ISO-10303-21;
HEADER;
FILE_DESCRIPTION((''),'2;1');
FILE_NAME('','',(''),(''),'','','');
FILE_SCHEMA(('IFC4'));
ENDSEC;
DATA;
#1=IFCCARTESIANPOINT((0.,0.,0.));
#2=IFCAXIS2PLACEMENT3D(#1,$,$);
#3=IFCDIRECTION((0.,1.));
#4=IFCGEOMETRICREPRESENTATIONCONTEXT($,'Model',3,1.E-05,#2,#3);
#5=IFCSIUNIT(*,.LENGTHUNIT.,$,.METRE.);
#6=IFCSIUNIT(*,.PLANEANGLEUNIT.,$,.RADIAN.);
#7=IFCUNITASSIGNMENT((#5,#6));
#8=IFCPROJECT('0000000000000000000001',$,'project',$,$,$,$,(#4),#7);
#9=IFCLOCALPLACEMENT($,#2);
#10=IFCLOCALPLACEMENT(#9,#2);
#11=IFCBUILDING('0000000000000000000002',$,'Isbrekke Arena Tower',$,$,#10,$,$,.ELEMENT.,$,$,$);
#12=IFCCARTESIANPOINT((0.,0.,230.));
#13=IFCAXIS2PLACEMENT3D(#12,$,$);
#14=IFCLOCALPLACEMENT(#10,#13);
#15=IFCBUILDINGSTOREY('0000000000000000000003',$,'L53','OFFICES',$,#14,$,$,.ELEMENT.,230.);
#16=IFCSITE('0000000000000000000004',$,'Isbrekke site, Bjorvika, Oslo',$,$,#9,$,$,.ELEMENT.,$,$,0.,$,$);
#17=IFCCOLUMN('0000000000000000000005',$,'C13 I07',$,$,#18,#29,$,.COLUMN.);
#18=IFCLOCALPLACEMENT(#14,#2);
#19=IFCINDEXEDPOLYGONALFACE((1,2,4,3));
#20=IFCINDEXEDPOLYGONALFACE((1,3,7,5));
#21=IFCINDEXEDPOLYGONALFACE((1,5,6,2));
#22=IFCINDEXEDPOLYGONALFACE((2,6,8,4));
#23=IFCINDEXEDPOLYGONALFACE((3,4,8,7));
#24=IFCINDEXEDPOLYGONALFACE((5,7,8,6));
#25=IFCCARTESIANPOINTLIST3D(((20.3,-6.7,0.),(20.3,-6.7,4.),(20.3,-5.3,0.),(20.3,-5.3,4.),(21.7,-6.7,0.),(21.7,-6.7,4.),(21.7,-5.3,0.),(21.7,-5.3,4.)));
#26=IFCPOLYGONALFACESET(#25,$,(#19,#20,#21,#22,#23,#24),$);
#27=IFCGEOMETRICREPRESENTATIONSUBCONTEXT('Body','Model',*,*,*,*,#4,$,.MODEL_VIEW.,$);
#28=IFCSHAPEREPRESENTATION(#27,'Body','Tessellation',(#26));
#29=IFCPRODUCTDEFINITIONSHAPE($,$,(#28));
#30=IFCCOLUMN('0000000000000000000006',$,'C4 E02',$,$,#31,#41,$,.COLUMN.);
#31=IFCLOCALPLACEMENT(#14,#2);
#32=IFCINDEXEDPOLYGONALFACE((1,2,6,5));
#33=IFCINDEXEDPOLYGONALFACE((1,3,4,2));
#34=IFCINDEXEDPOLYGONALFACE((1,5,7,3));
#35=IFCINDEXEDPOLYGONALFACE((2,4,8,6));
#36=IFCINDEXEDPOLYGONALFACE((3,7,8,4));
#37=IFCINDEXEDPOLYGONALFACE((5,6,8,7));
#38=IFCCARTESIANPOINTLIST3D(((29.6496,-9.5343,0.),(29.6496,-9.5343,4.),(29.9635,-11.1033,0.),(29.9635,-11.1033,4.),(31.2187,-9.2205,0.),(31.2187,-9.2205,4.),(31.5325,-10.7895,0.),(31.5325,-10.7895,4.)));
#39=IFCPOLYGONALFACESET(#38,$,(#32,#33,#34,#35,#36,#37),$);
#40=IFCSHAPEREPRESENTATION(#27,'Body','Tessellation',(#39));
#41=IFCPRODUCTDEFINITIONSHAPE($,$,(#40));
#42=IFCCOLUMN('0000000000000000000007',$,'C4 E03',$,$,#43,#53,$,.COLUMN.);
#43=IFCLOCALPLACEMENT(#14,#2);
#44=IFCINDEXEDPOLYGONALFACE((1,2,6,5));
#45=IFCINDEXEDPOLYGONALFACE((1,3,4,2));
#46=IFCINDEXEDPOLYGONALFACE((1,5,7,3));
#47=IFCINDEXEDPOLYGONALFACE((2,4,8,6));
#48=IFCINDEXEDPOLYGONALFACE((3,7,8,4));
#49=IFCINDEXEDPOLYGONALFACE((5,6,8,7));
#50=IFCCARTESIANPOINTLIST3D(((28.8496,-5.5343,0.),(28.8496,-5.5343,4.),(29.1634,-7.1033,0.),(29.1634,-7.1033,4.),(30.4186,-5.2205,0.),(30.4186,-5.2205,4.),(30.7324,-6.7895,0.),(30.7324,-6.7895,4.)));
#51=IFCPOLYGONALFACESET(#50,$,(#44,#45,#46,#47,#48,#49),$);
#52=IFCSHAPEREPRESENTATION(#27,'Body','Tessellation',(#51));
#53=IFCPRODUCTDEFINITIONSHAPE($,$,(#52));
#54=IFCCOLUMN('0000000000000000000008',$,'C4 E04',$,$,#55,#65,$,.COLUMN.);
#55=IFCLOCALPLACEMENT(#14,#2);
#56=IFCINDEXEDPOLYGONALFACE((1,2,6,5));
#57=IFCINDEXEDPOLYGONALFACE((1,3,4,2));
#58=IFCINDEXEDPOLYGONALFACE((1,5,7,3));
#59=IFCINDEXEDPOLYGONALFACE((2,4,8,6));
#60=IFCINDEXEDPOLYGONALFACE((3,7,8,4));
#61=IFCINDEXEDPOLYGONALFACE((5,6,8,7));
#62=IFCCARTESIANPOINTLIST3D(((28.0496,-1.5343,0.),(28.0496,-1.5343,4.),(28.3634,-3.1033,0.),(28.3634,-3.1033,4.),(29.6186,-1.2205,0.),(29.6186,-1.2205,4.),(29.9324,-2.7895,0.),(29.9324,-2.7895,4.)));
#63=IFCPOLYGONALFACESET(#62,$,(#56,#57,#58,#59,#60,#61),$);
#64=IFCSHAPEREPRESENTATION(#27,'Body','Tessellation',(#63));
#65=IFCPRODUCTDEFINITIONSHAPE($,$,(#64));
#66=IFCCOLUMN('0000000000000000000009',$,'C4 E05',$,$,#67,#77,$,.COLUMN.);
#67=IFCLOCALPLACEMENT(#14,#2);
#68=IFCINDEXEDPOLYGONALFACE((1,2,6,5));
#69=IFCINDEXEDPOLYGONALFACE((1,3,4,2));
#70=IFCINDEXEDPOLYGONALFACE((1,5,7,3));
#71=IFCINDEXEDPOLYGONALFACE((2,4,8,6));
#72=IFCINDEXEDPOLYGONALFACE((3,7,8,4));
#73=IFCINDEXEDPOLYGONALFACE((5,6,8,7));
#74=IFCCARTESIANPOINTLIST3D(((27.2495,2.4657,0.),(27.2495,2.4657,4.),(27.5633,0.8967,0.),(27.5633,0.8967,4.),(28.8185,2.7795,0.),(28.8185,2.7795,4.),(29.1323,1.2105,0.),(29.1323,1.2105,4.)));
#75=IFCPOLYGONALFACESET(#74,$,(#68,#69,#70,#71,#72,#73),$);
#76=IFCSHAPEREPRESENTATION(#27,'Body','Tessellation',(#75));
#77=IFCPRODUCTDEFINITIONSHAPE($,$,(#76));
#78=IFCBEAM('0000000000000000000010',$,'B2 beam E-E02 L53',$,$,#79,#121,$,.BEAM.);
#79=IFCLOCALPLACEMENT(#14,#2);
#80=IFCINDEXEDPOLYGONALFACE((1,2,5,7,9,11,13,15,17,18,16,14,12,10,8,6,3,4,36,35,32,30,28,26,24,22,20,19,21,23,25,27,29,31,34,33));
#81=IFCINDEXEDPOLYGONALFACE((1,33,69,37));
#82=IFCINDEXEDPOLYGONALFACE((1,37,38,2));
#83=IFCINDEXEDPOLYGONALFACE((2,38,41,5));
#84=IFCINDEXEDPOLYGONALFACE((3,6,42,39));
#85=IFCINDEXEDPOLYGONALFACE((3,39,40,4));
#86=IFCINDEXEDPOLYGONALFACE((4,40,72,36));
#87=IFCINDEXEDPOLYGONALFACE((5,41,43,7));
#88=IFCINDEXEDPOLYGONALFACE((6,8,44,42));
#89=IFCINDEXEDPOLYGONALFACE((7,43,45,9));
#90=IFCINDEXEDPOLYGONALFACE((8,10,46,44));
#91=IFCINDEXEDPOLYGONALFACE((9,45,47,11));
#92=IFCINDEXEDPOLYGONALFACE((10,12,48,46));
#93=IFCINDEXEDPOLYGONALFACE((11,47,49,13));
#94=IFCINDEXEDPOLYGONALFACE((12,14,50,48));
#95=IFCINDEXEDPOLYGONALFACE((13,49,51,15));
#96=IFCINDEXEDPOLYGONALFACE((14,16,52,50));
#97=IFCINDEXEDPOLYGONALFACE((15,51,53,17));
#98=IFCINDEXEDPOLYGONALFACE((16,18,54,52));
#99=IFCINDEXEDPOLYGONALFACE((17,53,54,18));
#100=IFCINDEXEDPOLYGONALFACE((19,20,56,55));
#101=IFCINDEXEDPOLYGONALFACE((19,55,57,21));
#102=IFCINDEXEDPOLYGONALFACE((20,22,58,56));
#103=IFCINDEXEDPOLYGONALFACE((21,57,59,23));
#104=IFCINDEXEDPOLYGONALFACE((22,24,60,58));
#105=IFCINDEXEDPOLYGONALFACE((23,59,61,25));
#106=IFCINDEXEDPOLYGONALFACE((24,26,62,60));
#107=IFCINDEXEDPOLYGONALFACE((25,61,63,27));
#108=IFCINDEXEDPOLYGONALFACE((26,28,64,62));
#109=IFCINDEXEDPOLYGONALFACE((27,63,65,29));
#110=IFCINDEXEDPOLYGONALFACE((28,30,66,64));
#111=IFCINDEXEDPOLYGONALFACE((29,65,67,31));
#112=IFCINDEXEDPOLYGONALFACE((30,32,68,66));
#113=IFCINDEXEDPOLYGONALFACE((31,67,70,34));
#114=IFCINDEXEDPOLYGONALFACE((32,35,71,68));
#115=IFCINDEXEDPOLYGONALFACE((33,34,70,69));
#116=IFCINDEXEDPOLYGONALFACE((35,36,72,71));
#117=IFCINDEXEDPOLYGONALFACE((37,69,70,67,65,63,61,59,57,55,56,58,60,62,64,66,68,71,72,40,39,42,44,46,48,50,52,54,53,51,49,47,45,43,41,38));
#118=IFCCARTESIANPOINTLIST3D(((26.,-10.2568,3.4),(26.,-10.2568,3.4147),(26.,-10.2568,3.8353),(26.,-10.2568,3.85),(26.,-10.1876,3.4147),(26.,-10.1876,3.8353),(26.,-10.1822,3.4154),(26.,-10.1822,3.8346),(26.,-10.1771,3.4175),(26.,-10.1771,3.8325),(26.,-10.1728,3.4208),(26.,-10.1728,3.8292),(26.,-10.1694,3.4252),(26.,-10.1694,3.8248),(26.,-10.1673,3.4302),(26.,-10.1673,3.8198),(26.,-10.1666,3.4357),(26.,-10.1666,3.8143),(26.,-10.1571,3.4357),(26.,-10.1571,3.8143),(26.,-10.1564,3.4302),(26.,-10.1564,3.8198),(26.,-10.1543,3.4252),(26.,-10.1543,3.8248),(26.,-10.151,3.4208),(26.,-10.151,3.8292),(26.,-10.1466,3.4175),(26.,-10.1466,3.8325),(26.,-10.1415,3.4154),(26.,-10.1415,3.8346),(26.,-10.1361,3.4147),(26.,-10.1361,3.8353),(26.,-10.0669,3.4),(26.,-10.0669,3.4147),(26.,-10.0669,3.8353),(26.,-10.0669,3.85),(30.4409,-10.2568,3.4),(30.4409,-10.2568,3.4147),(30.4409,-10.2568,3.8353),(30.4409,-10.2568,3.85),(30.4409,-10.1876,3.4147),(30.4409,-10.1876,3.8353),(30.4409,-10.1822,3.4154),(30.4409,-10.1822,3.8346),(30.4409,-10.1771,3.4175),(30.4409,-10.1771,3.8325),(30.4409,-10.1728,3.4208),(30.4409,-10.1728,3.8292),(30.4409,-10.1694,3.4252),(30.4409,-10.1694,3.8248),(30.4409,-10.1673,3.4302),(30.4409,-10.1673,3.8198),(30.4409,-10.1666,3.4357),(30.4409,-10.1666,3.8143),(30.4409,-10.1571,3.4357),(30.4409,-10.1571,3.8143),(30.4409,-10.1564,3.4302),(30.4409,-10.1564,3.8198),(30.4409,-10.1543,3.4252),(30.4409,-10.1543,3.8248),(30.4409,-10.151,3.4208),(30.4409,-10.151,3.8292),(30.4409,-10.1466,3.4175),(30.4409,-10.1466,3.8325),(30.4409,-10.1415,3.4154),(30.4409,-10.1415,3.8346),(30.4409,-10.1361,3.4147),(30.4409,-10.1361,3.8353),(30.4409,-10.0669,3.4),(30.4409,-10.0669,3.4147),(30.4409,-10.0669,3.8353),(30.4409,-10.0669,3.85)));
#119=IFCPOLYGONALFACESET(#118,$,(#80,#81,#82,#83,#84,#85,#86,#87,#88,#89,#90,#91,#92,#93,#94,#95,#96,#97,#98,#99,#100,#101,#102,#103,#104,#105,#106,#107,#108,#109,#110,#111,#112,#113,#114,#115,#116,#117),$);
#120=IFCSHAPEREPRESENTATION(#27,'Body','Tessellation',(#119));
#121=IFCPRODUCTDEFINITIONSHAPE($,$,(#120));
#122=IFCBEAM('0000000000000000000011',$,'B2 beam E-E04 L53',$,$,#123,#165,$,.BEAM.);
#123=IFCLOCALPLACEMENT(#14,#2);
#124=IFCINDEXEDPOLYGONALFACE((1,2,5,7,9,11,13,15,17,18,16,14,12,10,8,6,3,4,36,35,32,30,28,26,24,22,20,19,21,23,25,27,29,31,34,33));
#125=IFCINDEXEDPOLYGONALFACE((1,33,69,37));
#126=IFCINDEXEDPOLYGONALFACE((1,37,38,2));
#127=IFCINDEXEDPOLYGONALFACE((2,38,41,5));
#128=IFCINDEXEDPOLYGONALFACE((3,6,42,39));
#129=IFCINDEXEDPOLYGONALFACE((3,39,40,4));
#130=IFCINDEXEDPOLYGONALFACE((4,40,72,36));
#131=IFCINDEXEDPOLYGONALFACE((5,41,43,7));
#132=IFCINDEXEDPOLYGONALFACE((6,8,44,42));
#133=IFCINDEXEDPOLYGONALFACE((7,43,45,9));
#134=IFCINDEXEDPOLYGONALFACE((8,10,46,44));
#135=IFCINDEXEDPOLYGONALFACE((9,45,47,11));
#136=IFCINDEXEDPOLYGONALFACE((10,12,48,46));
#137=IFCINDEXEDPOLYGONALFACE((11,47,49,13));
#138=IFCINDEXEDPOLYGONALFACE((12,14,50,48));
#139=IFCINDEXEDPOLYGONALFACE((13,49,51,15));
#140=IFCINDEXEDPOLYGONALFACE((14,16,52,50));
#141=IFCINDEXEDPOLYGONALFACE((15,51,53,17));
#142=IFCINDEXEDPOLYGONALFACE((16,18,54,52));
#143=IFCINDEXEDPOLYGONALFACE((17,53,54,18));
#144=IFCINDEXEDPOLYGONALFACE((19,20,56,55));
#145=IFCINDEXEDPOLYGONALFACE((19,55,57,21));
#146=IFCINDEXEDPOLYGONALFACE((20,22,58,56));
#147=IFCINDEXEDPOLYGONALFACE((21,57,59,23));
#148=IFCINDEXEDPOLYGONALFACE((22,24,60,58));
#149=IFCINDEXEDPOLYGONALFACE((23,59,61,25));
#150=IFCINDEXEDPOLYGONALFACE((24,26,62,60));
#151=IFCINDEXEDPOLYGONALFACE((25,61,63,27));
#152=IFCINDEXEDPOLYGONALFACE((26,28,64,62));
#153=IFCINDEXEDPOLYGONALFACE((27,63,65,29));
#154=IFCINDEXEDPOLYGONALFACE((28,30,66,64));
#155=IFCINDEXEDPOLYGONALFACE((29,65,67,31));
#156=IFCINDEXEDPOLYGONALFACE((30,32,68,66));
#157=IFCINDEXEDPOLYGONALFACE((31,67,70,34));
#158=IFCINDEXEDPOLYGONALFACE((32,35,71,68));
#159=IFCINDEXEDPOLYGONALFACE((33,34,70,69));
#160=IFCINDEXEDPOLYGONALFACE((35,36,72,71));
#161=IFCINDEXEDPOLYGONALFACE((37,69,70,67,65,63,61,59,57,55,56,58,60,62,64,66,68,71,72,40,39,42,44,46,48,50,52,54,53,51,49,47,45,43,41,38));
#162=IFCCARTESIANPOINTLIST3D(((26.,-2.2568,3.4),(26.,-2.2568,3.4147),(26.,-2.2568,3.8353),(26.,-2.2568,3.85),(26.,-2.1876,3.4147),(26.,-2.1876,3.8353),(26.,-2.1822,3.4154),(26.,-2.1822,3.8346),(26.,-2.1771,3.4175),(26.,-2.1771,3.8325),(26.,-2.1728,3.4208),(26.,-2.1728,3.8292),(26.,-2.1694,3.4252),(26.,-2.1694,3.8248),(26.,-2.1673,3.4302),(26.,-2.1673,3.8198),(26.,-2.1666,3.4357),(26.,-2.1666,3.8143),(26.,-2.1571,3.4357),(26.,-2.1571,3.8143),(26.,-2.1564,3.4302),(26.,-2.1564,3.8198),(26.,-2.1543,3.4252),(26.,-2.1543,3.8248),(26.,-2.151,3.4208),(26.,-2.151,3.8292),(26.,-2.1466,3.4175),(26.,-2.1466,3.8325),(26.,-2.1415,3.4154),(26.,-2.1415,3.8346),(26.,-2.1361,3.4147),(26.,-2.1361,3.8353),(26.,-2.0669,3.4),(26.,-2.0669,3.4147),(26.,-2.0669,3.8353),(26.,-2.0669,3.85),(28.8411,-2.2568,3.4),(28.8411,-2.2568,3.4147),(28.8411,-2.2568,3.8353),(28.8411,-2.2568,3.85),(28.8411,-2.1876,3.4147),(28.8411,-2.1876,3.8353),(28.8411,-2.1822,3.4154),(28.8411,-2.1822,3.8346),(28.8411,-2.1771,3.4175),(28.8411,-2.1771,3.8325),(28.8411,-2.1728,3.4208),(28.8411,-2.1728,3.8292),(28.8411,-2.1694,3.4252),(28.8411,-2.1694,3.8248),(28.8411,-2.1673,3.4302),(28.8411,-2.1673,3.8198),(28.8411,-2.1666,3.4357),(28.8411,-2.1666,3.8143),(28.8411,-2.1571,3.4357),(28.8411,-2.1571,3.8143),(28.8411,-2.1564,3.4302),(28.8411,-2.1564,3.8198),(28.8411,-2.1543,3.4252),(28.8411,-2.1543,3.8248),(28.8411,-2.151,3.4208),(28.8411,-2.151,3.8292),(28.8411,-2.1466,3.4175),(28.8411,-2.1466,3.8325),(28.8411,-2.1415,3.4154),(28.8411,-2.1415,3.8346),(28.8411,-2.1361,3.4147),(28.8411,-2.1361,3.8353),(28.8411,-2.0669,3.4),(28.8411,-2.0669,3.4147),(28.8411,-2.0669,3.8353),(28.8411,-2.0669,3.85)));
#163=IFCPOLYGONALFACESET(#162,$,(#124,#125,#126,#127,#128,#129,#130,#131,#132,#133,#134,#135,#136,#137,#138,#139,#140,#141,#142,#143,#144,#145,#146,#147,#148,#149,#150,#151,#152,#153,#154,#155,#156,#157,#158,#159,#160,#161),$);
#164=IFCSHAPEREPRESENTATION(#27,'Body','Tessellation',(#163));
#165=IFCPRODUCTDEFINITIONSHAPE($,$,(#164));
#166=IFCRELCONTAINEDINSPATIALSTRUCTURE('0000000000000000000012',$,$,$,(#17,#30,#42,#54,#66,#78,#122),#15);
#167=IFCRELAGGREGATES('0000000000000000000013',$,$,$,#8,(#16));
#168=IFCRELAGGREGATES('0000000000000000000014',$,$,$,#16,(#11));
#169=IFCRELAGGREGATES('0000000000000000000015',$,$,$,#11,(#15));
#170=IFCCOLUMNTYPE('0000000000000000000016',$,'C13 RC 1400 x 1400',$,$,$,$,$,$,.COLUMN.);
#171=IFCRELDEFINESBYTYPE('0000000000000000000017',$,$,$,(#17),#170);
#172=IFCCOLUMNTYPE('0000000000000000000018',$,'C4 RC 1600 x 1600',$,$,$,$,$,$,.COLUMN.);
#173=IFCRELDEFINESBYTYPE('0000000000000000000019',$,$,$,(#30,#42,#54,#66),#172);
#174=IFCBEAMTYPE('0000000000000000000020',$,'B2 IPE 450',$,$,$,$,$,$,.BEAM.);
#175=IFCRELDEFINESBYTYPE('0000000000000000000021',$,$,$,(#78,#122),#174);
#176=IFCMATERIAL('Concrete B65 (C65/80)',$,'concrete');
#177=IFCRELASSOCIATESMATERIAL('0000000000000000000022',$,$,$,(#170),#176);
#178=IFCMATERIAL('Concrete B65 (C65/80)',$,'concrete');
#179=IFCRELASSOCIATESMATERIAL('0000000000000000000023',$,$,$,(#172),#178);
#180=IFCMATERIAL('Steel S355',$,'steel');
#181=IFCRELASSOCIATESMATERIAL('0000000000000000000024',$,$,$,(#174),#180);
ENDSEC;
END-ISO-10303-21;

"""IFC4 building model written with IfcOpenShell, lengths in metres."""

from ifc_helpers import new_model, si_unit, direction, frame, origin, origin_2d, place, context, subcontext, project, spatial, rectangle, i_section, extrude, material, material_profile, profile_set, type_object, element, save


model = new_model("IFC4")

# Units and contexts
model_context = context("Model", 3, precision=1e-05, world=origin(), true_north=direction((0.0, 1.0)))
body_context = subcontext(model_context, "Body", "Model", "MODEL_VIEW")
ifc_project = project(units=[si_unit("LENGTHUNIT", "METRE"), si_unit("PLANEANGLEUNIT", "RADIAN")], contexts=[model_context])

# Site, building, storey
site_placement = place(None, origin())
site = spatial("IfcSite", under=ifc_project, at=site_placement, Name="Isbrekke site, Bjorvika, Oslo", CompositionType="ELEMENT", RefElevation=0.0)
building_placement = place(site_placement, origin())
building = spatial("IfcBuilding", under=site, at=building_placement, Name="Isbrekke Arena Tower", CompositionType="ELEMENT")
storey_placement = place(building_placement, frame((0.0, 0.0, 230.0)))
storey = spatial("IfcBuildingStorey", under=building, at=storey_placement, Name="L53", Description="OFFICES", CompositionType="ELEMENT", Elevation=230.0)

# Columns
ifc_material_1 = material(Name="Concrete B65 (C65/80)", Category="concrete")
ifc_material_profile_1 = material_profile(ifc_material_1, rectangle(XDim=1.3999, YDim=1.3999, at=origin_2d()), Name="RC 1400x1400")
ifc_profile_set_1 = profile_set([ifc_material_profile_1], Name="Concrete B65 (C65/80)")
column_type_1 = type_object("IfcColumnType", Name="C13 RC 1400 x 1400", PredefinedType="COLUMN", material=ifc_profile_set_1)
column_placement = place(storey_placement, frame((21.0, -6.0, 0.0), z_axis=(0.0, 0.0, 1.0), x_axis=(1.0, 0.0, 0.0)))
element("IfcColumn", 1, at=column_placement, inside=storey, type_object=column_type_1, Name="C13 I07", PredefinedType="COLUMN", context=body_context, shape_type="SweptSolid", body=[
    extrude(rectangle(XDim=1.3999, YDim=1.3999, at=origin_2d()), origin(), (0.0, 0.0, 1.0), 4.0),
])
ifc_material_2 = material(Name="Concrete B65 (C65/80)", Category="concrete")
ifc_material_profile_2 = material_profile(ifc_material_2, rectangle(XDim=1.6001, YDim=1.6001, at=origin_2d()), Name="RC 1600x1600")
ifc_profile_set_2 = profile_set([ifc_material_profile_2], Name="Concrete B65 (C65/80)")
column_type_2 = type_object("IfcColumnType", Name="C4 RC 1600 x 1600", PredefinedType="COLUMN", material=ifc_profile_set_2)
for number, where, z_axis, x_axis, name in (
    (2, (30.5911, -10.1619, 0.0), (0.0, 0.0, 1.0), (-0.196116, 0.980581, 0.0), "C4 E02"),
    (3, (29.791, -6.1619, 0.0), (0.0, 0.0, 1.0), (-0.196116, 0.980581, 0.0), "C4 E03"),
    (4, (28.991, -2.1619, 0.0), (0.0, 0.0, 1.0), (-0.196116, 0.980581, 0.0), "C4 E04"),
    (5, (28.1909, 1.8381, 0.0), (0.0, 0.0, 1.0), (-0.196116, 0.980581, 0.0), "C4 E05"),
):
    element("IfcColumn", number, at=place(storey_placement, frame(where, z_axis=z_axis, x_axis=x_axis)), inside=storey, type_object=column_type_2, Name=name, PredefinedType="COLUMN", context=body_context, shape_type="SweptSolid", body=[
        extrude(rectangle(XDim=1.6001, YDim=1.6001, at=origin_2d()), origin(), (0.0, 0.0, 1.0), 4.0),
    ])

# Beams
ifc_material_3 = material(Name="Steel S355", Category="steel")
ifc_material_profile_3 = material_profile(ifc_material_3, i_section(OverallWidth=0.1899, OverallDepth=0.45, WebThickness=0.0095, FlangeThickness=0.0146, FilletRadius=0.021, at=origin_2d()), Name="IPE 450")
ifc_profile_set_3 = profile_set([ifc_material_profile_3], Name="Steel S355")
beam_type_1 = type_object("IfcBeamType", Name="B2 IPE 450", PredefinedType="BEAM", material=ifc_profile_set_3)
beam_1_placement = place(storey_placement, frame((30.4409, -10.1619, 3.625), z_axis=(-1.0, 0.0, 0.0), x_axis=(0.0, -1.0, 0.0)))
element("IfcBeam", 6, at=beam_1_placement, inside=storey, type_object=beam_type_1, Name="B2 beam E-E02 L53", PredefinedType="BEAM", context=body_context, shape_type="SweptSolid", body=[
    extrude(i_section(OverallWidth=0.1899, OverallDepth=0.45, WebThickness=0.0095, FlangeThickness=0.0146, FilletRadius=0.021, at=origin_2d()), origin(), (0.0, 0.0, 1.0), 4.4409),
])
beam_2_placement = place(storey_placement, frame((28.8411, -2.1619, 3.625), z_axis=(-1.0, 0.0, 0.0), x_axis=(0.0, -1.0, 0.0)))
element("IfcBeam", 7, at=beam_2_placement, inside=storey, type_object=beam_type_1, Name="B2 beam E-E04 L53", PredefinedType="BEAM", context=body_context, shape_type="SweptSolid", body=[
    extrude(i_section(OverallWidth=0.1899, OverallDepth=0.45, WebThickness=0.0095, FlangeThickness=0.0146, FilletRadius=0.021, at=origin_2d()), origin(), (0.0, 0.0, 1.0), 2.8411),
])

save(model, "model.ifc")
